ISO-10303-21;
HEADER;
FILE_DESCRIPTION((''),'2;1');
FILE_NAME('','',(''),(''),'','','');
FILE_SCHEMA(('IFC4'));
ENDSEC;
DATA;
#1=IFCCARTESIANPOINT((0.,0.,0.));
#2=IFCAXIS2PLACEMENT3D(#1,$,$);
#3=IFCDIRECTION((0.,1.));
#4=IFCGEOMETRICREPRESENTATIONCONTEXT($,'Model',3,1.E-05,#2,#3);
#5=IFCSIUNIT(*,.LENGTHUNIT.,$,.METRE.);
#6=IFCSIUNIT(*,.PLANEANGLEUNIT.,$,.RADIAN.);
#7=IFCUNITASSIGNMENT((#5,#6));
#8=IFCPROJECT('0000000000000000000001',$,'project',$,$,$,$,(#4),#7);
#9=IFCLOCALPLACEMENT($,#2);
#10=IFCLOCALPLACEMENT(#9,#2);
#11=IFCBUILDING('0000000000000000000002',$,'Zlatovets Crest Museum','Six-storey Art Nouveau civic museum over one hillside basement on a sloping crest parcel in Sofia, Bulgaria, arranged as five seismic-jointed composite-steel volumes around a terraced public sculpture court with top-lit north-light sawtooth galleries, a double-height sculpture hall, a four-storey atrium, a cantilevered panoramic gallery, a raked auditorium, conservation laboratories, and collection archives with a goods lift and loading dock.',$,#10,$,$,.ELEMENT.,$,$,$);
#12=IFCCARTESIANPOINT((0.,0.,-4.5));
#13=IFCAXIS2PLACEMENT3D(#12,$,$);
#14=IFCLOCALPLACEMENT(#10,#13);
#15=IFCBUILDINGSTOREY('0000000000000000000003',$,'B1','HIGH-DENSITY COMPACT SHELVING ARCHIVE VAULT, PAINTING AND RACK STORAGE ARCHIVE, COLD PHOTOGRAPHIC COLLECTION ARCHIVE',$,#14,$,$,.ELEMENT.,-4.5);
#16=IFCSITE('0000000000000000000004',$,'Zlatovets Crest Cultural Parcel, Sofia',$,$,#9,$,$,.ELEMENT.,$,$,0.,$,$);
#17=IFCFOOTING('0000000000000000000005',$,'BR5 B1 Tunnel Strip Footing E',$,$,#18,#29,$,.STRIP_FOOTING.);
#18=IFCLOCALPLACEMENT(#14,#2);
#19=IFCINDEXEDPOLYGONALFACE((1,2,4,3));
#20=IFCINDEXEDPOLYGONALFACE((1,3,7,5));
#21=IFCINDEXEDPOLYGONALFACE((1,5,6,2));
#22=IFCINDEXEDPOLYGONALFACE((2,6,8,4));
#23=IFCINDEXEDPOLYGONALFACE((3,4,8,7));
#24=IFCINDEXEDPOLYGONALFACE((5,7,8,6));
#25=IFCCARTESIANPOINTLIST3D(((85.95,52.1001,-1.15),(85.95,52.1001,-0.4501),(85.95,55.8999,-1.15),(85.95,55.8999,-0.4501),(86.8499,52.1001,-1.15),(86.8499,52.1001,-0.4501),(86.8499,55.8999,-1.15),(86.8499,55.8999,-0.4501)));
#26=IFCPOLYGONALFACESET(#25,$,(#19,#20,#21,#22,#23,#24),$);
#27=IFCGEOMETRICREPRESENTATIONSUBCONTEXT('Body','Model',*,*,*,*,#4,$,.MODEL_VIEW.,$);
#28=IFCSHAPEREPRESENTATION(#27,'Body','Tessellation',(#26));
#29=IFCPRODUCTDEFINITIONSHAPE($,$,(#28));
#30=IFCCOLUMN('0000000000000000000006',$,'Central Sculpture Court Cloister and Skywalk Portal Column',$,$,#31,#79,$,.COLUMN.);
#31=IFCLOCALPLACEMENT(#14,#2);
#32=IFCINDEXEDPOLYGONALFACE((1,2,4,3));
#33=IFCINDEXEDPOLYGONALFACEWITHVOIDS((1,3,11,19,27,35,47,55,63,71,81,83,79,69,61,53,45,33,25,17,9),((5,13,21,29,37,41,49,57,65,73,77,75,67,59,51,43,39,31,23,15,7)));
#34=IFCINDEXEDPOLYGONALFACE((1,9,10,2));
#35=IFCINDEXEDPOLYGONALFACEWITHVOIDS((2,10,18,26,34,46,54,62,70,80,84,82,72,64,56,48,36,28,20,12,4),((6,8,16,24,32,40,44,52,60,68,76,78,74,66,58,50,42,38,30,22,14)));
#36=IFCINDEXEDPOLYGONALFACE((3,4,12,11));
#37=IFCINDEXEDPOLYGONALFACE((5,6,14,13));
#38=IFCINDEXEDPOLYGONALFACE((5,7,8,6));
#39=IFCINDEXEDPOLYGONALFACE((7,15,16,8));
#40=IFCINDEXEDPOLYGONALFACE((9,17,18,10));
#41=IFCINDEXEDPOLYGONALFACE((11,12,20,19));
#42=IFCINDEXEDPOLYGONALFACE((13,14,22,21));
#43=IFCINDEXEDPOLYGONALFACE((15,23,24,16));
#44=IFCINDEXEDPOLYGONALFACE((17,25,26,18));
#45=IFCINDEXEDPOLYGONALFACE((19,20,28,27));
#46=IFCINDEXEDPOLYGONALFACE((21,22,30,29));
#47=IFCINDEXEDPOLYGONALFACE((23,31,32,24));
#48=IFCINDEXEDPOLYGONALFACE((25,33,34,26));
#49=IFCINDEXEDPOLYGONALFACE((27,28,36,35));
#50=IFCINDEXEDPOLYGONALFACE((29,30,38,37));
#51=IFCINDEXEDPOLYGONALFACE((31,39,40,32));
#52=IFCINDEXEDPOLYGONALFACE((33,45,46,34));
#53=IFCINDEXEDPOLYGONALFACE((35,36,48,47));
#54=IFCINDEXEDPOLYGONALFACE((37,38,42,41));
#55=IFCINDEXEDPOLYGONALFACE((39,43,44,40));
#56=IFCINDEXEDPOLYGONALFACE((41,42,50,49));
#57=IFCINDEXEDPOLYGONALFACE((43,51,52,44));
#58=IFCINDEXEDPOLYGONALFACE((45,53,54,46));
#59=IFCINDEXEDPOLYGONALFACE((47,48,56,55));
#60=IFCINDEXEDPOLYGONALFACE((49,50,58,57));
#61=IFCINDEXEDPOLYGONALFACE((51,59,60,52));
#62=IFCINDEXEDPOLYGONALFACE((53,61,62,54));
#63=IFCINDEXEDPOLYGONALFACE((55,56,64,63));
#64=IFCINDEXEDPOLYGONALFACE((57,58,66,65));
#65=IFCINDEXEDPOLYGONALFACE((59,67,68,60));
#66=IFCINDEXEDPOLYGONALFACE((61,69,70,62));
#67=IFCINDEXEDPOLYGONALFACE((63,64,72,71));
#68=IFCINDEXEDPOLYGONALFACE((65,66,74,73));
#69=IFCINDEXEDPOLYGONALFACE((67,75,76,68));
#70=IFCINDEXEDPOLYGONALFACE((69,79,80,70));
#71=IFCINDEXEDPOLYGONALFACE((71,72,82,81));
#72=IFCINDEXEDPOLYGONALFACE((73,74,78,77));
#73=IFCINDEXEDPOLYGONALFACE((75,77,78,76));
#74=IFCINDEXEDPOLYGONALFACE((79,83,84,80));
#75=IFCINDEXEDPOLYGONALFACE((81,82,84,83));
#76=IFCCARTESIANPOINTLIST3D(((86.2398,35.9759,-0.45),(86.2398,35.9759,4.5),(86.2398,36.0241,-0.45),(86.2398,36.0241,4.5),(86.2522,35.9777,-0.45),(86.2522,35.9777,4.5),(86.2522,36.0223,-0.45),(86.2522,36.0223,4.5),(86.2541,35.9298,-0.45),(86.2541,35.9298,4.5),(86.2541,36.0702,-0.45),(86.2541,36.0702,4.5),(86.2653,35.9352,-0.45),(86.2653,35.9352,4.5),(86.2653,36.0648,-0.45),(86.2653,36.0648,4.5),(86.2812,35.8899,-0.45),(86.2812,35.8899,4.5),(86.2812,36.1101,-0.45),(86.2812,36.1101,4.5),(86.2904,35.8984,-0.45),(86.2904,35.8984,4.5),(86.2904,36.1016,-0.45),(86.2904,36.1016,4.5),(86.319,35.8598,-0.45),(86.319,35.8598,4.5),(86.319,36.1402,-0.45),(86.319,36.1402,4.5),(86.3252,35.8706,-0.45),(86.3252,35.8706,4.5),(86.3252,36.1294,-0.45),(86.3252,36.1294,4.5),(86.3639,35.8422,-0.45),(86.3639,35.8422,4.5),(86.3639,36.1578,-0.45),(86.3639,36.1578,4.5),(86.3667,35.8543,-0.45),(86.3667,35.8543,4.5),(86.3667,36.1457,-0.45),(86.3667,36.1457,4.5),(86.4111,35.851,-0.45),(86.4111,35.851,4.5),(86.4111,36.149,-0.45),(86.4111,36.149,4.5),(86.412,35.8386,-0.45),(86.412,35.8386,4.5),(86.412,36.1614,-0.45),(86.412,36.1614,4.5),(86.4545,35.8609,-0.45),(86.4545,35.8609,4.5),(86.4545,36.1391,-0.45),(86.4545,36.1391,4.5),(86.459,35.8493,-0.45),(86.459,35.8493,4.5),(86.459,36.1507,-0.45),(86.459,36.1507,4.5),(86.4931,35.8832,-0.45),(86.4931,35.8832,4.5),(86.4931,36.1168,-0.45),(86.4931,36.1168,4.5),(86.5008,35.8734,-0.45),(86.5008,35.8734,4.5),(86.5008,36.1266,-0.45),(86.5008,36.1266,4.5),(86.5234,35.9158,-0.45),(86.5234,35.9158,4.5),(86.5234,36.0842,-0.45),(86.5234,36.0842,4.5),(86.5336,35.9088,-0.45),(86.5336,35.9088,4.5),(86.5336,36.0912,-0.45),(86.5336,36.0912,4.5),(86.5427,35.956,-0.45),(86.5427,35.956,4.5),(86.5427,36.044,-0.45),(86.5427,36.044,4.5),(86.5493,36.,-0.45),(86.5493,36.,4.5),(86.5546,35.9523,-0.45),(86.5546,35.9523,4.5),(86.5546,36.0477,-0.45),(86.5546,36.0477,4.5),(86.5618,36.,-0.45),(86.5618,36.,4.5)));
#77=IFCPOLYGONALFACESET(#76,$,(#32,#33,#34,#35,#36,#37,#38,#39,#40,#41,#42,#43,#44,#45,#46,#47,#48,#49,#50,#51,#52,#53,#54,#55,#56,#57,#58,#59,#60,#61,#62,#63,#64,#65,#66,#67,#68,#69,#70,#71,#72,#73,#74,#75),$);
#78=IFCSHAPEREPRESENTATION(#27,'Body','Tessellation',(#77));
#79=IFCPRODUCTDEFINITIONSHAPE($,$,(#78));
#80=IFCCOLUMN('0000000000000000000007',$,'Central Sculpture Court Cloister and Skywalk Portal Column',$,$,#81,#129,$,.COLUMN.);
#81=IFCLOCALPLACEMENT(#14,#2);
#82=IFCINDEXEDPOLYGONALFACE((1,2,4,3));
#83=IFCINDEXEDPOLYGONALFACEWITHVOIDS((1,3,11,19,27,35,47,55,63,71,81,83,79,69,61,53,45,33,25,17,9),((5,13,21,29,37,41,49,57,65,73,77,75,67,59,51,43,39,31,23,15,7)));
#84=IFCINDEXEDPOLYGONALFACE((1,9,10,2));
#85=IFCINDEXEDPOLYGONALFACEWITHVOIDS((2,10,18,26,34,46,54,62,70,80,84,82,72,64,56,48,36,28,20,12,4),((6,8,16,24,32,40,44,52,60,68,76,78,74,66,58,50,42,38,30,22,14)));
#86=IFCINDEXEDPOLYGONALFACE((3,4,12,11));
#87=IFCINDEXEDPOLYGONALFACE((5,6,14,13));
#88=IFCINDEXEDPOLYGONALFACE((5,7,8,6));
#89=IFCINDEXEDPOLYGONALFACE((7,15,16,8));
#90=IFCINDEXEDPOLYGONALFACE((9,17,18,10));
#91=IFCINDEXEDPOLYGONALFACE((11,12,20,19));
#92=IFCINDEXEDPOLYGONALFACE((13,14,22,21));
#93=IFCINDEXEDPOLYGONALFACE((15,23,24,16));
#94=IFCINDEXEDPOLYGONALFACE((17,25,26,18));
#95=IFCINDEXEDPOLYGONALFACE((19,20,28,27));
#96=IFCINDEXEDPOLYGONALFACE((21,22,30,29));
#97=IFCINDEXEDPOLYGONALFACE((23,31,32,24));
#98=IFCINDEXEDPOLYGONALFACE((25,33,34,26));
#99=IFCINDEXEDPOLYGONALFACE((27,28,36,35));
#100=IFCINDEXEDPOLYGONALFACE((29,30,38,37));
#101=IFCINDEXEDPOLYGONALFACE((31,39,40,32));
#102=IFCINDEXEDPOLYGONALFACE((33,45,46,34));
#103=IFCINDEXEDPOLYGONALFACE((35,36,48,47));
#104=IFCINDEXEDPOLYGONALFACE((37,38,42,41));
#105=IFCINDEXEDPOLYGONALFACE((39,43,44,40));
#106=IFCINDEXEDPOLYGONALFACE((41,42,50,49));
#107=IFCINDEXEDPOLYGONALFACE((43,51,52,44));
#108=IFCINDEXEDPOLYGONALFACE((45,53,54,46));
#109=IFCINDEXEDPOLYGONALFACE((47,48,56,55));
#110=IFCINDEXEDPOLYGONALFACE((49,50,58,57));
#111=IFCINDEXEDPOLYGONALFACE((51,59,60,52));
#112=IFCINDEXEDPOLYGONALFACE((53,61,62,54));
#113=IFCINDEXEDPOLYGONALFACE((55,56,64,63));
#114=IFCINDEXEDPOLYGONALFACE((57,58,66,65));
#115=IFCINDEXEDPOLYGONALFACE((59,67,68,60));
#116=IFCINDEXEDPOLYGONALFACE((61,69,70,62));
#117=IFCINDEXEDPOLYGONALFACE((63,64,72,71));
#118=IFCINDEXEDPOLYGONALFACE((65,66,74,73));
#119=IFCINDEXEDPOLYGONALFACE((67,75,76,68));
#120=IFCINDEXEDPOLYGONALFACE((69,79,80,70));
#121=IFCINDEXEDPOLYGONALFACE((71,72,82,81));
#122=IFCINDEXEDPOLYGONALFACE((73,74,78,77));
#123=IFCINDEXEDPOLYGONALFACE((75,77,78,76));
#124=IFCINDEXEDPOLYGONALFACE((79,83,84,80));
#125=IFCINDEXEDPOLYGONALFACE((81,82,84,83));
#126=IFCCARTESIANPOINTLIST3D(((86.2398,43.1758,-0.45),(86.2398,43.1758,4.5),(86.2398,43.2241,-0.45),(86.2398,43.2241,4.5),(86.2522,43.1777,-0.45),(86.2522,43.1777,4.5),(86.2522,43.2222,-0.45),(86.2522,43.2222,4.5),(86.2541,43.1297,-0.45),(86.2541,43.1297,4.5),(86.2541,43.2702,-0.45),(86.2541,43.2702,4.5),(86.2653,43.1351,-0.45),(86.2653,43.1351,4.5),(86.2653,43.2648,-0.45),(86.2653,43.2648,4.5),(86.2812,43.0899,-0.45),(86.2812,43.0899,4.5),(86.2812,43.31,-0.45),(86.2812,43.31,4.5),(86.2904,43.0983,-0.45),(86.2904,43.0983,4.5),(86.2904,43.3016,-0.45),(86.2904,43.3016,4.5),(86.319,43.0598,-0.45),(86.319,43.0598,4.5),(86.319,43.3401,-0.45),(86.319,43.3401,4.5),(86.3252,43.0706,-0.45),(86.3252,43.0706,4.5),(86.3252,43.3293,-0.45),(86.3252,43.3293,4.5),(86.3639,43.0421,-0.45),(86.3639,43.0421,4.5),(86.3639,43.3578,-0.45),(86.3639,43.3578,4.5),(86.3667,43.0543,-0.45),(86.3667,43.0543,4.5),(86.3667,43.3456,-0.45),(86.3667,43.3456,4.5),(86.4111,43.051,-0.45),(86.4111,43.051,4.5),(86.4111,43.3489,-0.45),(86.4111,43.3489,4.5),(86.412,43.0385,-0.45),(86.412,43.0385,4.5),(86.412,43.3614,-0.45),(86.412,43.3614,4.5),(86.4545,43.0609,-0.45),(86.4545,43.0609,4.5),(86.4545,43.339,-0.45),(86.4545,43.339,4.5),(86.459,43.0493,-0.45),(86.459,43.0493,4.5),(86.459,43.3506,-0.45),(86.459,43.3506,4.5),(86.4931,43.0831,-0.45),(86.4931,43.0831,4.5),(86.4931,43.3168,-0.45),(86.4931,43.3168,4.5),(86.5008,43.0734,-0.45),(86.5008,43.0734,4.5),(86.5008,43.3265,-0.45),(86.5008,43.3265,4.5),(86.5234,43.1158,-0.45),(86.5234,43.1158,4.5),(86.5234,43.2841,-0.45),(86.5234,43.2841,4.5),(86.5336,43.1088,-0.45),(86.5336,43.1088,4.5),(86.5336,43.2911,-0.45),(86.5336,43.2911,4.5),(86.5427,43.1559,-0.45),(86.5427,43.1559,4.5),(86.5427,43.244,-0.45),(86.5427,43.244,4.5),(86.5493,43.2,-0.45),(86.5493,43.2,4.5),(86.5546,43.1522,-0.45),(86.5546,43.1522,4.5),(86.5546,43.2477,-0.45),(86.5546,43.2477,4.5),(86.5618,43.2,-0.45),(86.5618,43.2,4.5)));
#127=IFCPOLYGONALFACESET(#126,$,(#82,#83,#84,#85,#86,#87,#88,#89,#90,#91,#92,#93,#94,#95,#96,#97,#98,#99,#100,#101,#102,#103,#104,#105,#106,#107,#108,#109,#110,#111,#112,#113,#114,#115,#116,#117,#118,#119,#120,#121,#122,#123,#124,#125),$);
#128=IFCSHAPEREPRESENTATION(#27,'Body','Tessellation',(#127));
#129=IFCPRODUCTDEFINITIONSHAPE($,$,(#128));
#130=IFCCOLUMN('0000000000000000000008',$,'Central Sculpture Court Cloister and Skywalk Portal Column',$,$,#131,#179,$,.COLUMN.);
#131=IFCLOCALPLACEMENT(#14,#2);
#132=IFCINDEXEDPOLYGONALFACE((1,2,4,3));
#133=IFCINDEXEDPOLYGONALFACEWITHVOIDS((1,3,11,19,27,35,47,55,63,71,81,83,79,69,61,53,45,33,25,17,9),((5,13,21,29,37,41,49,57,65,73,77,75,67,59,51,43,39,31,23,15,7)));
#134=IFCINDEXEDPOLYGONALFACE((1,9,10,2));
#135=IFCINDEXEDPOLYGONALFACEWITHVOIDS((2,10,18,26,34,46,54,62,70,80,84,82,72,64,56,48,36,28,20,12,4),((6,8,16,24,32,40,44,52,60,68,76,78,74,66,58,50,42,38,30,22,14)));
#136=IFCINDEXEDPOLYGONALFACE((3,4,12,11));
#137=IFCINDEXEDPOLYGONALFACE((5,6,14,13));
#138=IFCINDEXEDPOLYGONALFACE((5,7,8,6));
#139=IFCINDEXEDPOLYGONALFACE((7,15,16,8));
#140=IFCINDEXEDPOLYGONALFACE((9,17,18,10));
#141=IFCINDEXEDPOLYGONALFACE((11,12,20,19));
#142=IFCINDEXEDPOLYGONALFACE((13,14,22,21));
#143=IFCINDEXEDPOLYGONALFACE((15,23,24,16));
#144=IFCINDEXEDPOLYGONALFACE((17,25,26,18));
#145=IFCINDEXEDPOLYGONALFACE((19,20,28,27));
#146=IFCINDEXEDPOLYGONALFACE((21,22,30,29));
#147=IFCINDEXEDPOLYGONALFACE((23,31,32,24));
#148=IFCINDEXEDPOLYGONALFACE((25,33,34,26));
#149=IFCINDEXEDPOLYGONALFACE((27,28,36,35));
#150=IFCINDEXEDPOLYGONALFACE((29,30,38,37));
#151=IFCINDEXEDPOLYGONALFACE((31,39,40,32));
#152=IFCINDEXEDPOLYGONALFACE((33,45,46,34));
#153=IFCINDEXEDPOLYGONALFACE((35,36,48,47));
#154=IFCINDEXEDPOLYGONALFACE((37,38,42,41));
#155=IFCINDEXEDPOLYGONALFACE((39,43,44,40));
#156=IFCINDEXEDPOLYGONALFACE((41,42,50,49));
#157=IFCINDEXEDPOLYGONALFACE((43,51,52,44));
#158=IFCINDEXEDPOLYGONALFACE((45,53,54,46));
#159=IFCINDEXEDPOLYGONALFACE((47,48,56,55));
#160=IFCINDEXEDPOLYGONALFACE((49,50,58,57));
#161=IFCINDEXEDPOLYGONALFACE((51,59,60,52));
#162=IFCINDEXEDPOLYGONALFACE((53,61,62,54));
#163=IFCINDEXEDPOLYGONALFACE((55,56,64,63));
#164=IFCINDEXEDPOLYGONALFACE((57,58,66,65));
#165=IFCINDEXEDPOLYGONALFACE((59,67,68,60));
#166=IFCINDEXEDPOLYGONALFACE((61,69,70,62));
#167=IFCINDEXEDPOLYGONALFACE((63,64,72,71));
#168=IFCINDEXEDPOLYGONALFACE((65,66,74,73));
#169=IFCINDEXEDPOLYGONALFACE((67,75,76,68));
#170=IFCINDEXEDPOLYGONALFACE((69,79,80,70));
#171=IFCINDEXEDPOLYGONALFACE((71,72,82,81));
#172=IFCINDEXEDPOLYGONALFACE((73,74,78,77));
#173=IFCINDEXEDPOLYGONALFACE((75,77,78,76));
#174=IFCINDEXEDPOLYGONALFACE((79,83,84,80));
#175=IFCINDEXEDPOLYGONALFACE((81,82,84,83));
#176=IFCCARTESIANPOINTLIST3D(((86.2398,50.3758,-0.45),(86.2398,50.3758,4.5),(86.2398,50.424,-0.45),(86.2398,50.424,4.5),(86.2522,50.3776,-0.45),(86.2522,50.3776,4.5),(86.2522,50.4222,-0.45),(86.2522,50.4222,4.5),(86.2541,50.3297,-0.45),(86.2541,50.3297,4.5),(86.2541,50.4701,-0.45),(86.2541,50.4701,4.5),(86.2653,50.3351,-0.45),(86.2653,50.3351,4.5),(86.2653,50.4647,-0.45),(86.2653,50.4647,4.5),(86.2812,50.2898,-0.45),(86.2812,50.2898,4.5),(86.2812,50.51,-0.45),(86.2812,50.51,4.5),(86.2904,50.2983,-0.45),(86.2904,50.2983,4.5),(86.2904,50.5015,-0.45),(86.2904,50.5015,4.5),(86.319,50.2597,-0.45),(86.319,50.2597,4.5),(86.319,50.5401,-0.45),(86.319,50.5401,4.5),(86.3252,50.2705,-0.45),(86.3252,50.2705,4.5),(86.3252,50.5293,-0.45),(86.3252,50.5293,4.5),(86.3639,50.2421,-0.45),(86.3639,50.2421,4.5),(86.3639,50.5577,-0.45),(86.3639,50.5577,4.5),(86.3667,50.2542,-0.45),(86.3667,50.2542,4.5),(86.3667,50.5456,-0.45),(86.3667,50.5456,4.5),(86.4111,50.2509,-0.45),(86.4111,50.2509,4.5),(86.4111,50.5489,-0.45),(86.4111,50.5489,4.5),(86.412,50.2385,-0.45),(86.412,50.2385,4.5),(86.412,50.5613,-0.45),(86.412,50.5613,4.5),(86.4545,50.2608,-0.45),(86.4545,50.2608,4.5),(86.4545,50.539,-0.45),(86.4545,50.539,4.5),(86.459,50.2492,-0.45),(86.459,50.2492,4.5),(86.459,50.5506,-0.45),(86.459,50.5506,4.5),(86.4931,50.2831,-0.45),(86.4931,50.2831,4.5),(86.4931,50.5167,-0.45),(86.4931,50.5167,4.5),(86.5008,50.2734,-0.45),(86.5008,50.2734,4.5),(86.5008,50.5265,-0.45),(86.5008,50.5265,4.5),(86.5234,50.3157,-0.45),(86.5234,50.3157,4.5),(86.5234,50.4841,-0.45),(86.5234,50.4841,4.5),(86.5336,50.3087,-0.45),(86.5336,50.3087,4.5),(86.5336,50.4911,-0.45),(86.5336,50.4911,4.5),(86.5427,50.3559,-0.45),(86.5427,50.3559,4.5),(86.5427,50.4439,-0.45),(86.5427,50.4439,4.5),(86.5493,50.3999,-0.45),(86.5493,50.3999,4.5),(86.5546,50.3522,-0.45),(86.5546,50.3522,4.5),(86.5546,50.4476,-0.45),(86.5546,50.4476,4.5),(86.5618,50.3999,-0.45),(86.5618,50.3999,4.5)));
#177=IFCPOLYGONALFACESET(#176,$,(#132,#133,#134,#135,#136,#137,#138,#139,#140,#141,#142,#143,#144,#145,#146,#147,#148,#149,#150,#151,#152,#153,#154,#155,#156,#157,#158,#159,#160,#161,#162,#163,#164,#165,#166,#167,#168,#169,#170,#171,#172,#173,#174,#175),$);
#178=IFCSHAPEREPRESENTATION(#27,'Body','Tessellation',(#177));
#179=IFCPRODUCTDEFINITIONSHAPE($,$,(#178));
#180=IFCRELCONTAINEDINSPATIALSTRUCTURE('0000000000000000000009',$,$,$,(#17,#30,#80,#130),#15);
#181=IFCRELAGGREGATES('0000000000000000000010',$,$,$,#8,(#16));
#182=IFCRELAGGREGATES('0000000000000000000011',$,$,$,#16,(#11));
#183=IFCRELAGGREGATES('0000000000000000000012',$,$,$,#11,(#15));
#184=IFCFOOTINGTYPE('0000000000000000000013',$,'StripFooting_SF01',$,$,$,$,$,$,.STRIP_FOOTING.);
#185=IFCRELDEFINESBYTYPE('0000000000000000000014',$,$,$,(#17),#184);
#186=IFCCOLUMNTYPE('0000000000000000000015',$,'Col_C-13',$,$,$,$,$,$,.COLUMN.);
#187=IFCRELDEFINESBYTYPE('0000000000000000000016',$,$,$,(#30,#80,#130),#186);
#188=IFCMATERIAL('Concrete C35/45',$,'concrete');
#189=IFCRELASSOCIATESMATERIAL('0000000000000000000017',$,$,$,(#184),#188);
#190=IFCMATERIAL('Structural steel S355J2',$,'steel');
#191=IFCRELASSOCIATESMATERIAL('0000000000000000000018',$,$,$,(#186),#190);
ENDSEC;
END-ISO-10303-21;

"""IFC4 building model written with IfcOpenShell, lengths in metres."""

from ifc_helpers import new_model, si_unit, direction, frame, origin, origin_2d, place, context, subcontext, project, spatial, rectangle, hollow_circle, extrude, material, material_profile, profile_set, type_object, element, save


model = new_model("IFC4")

# Units and contexts
model_context = context("Model", 3, precision=1e-05, world=origin(), true_north=direction((0.0, 1.0)))
body_context = subcontext(model_context, "Body", "Model", "MODEL_VIEW")
ifc_project = project(units=[si_unit("LENGTHUNIT", "METRE"), si_unit("PLANEANGLEUNIT", "RADIAN")], contexts=[model_context])

# Site, building, storey
site_placement = place(None, origin())
site = spatial("IfcSite", under=ifc_project, at=site_placement, Name="Zlatovets Crest Cultural Parcel, Sofia", CompositionType="ELEMENT", RefElevation=0.0)
building_placement = place(site_placement, origin())
building = spatial("IfcBuilding", under=site, at=building_placement, Name="Zlatovets Crest Museum", Description="Six-storey Art Nouveau civic museum over one hillside basement on a sloping crest parcel in Sofia, Bulgaria, arranged as five seismic-jointed composite-steel volumes around a terraced public sculpture court with top-lit north-light sawtooth galleries, a double-height sculpture hall, a four-storey atrium, a cantilevered panoramic gallery, a raked auditorium, conservation laboratories, and collection archives with a goods lift and loading dock.", CompositionType="ELEMENT")
storey_placement = place(building_placement, frame((0.0, 0.0, -4.5)))
storey = spatial("IfcBuildingStorey", under=building, at=storey_placement, Name="B1", Description="HIGH-DENSITY COMPACT SHELVING ARCHIVE VAULT, PAINTING AND RACK STORAGE ARCHIVE, COLD PHOTOGRAPHIC COLLECTION ARCHIVE", CompositionType="ELEMENT", Elevation=-4.5)

# Shared definitions
ifc_material_1 = material(Name="Concrete C35/45", Category="concrete")

# Footing
ifc_material_profile_1 = material_profile(ifc_material_1, rectangle(XDim=0.8999, YDim=0.7, at=origin_2d()), Name="RC 900x700")
ifc_profile_set_1 = profile_set([ifc_material_profile_1], Name="Concrete C35/45")
footing_type_1 = type_object("IfcFootingType", Name="StripFooting_SF01", PredefinedType="STRIP_FOOTING", material=ifc_profile_set_1)
footing_1_placement = place(storey_placement, frame((86.3999, 52.1001, -0.8), z_axis=(0.0, 1.0, 0.0), x_axis=(-1.0, 0.0, 0.0)))
element("IfcFooting", 1, at=footing_1_placement, inside=storey, type_object=footing_type_1, Name="BR5 B1 Tunnel Strip Footing E", PredefinedType="STRIP_FOOTING", context=body_context, shape_type="SweptSolid", body=[
    extrude(rectangle(XDim=0.8999, YDim=0.7, at=origin_2d()), origin(), (0.0, 0.0, 1.0), 3.7998),
])

# Columns
ifc_material_2 = material(Name="Structural steel S355J2", Category="steel")
ifc_material_profile_2 = material_profile(ifc_material_2, hollow_circle(Radius=0.1619, WallThickness=0.0125, at=origin_2d()), Name="CHS 323.9x12.5")
ifc_profile_set_2 = profile_set([ifc_material_profile_2], Name="Structural steel S355J2")
column_type = type_object("IfcColumnType", Name="Col_C-13", PredefinedType="COLUMN", material=ifc_profile_set_2)
for number, where, z_axis, x_axis, name in (
    (2, (86.3999, 36.0, -0.45), (0.0, 0.0, 1.0), (1.0, 0.0, 0.0), "Central Sculpture Court Cloister and Skywalk Portal Column"),
    (3, (86.3999, 43.2, -0.45), (0.0, 0.0, 1.0), (1.0, 0.0, 0.0), "Central Sculpture Court Cloister and Skywalk Portal Column"),
    (4, (86.3999, 50.3999, -0.45), (0.0, 0.0, 1.0), (1.0, 0.0, 0.0), "Central Sculpture Court Cloister and Skywalk Portal Column"),
):
    element("IfcColumn", number, at=place(storey_placement, frame(where, z_axis=z_axis, x_axis=x_axis)), inside=storey, type_object=column_type, Name=name, PredefinedType="COLUMN", context=body_context, shape_type="SweptSolid", body=[
        extrude(hollow_circle(Radius=0.1619, WallThickness=0.0125, at=origin_2d()), origin(), (0.0, 0.0, 1.0), 4.95),
    ])

save(model, "model.ifc")
